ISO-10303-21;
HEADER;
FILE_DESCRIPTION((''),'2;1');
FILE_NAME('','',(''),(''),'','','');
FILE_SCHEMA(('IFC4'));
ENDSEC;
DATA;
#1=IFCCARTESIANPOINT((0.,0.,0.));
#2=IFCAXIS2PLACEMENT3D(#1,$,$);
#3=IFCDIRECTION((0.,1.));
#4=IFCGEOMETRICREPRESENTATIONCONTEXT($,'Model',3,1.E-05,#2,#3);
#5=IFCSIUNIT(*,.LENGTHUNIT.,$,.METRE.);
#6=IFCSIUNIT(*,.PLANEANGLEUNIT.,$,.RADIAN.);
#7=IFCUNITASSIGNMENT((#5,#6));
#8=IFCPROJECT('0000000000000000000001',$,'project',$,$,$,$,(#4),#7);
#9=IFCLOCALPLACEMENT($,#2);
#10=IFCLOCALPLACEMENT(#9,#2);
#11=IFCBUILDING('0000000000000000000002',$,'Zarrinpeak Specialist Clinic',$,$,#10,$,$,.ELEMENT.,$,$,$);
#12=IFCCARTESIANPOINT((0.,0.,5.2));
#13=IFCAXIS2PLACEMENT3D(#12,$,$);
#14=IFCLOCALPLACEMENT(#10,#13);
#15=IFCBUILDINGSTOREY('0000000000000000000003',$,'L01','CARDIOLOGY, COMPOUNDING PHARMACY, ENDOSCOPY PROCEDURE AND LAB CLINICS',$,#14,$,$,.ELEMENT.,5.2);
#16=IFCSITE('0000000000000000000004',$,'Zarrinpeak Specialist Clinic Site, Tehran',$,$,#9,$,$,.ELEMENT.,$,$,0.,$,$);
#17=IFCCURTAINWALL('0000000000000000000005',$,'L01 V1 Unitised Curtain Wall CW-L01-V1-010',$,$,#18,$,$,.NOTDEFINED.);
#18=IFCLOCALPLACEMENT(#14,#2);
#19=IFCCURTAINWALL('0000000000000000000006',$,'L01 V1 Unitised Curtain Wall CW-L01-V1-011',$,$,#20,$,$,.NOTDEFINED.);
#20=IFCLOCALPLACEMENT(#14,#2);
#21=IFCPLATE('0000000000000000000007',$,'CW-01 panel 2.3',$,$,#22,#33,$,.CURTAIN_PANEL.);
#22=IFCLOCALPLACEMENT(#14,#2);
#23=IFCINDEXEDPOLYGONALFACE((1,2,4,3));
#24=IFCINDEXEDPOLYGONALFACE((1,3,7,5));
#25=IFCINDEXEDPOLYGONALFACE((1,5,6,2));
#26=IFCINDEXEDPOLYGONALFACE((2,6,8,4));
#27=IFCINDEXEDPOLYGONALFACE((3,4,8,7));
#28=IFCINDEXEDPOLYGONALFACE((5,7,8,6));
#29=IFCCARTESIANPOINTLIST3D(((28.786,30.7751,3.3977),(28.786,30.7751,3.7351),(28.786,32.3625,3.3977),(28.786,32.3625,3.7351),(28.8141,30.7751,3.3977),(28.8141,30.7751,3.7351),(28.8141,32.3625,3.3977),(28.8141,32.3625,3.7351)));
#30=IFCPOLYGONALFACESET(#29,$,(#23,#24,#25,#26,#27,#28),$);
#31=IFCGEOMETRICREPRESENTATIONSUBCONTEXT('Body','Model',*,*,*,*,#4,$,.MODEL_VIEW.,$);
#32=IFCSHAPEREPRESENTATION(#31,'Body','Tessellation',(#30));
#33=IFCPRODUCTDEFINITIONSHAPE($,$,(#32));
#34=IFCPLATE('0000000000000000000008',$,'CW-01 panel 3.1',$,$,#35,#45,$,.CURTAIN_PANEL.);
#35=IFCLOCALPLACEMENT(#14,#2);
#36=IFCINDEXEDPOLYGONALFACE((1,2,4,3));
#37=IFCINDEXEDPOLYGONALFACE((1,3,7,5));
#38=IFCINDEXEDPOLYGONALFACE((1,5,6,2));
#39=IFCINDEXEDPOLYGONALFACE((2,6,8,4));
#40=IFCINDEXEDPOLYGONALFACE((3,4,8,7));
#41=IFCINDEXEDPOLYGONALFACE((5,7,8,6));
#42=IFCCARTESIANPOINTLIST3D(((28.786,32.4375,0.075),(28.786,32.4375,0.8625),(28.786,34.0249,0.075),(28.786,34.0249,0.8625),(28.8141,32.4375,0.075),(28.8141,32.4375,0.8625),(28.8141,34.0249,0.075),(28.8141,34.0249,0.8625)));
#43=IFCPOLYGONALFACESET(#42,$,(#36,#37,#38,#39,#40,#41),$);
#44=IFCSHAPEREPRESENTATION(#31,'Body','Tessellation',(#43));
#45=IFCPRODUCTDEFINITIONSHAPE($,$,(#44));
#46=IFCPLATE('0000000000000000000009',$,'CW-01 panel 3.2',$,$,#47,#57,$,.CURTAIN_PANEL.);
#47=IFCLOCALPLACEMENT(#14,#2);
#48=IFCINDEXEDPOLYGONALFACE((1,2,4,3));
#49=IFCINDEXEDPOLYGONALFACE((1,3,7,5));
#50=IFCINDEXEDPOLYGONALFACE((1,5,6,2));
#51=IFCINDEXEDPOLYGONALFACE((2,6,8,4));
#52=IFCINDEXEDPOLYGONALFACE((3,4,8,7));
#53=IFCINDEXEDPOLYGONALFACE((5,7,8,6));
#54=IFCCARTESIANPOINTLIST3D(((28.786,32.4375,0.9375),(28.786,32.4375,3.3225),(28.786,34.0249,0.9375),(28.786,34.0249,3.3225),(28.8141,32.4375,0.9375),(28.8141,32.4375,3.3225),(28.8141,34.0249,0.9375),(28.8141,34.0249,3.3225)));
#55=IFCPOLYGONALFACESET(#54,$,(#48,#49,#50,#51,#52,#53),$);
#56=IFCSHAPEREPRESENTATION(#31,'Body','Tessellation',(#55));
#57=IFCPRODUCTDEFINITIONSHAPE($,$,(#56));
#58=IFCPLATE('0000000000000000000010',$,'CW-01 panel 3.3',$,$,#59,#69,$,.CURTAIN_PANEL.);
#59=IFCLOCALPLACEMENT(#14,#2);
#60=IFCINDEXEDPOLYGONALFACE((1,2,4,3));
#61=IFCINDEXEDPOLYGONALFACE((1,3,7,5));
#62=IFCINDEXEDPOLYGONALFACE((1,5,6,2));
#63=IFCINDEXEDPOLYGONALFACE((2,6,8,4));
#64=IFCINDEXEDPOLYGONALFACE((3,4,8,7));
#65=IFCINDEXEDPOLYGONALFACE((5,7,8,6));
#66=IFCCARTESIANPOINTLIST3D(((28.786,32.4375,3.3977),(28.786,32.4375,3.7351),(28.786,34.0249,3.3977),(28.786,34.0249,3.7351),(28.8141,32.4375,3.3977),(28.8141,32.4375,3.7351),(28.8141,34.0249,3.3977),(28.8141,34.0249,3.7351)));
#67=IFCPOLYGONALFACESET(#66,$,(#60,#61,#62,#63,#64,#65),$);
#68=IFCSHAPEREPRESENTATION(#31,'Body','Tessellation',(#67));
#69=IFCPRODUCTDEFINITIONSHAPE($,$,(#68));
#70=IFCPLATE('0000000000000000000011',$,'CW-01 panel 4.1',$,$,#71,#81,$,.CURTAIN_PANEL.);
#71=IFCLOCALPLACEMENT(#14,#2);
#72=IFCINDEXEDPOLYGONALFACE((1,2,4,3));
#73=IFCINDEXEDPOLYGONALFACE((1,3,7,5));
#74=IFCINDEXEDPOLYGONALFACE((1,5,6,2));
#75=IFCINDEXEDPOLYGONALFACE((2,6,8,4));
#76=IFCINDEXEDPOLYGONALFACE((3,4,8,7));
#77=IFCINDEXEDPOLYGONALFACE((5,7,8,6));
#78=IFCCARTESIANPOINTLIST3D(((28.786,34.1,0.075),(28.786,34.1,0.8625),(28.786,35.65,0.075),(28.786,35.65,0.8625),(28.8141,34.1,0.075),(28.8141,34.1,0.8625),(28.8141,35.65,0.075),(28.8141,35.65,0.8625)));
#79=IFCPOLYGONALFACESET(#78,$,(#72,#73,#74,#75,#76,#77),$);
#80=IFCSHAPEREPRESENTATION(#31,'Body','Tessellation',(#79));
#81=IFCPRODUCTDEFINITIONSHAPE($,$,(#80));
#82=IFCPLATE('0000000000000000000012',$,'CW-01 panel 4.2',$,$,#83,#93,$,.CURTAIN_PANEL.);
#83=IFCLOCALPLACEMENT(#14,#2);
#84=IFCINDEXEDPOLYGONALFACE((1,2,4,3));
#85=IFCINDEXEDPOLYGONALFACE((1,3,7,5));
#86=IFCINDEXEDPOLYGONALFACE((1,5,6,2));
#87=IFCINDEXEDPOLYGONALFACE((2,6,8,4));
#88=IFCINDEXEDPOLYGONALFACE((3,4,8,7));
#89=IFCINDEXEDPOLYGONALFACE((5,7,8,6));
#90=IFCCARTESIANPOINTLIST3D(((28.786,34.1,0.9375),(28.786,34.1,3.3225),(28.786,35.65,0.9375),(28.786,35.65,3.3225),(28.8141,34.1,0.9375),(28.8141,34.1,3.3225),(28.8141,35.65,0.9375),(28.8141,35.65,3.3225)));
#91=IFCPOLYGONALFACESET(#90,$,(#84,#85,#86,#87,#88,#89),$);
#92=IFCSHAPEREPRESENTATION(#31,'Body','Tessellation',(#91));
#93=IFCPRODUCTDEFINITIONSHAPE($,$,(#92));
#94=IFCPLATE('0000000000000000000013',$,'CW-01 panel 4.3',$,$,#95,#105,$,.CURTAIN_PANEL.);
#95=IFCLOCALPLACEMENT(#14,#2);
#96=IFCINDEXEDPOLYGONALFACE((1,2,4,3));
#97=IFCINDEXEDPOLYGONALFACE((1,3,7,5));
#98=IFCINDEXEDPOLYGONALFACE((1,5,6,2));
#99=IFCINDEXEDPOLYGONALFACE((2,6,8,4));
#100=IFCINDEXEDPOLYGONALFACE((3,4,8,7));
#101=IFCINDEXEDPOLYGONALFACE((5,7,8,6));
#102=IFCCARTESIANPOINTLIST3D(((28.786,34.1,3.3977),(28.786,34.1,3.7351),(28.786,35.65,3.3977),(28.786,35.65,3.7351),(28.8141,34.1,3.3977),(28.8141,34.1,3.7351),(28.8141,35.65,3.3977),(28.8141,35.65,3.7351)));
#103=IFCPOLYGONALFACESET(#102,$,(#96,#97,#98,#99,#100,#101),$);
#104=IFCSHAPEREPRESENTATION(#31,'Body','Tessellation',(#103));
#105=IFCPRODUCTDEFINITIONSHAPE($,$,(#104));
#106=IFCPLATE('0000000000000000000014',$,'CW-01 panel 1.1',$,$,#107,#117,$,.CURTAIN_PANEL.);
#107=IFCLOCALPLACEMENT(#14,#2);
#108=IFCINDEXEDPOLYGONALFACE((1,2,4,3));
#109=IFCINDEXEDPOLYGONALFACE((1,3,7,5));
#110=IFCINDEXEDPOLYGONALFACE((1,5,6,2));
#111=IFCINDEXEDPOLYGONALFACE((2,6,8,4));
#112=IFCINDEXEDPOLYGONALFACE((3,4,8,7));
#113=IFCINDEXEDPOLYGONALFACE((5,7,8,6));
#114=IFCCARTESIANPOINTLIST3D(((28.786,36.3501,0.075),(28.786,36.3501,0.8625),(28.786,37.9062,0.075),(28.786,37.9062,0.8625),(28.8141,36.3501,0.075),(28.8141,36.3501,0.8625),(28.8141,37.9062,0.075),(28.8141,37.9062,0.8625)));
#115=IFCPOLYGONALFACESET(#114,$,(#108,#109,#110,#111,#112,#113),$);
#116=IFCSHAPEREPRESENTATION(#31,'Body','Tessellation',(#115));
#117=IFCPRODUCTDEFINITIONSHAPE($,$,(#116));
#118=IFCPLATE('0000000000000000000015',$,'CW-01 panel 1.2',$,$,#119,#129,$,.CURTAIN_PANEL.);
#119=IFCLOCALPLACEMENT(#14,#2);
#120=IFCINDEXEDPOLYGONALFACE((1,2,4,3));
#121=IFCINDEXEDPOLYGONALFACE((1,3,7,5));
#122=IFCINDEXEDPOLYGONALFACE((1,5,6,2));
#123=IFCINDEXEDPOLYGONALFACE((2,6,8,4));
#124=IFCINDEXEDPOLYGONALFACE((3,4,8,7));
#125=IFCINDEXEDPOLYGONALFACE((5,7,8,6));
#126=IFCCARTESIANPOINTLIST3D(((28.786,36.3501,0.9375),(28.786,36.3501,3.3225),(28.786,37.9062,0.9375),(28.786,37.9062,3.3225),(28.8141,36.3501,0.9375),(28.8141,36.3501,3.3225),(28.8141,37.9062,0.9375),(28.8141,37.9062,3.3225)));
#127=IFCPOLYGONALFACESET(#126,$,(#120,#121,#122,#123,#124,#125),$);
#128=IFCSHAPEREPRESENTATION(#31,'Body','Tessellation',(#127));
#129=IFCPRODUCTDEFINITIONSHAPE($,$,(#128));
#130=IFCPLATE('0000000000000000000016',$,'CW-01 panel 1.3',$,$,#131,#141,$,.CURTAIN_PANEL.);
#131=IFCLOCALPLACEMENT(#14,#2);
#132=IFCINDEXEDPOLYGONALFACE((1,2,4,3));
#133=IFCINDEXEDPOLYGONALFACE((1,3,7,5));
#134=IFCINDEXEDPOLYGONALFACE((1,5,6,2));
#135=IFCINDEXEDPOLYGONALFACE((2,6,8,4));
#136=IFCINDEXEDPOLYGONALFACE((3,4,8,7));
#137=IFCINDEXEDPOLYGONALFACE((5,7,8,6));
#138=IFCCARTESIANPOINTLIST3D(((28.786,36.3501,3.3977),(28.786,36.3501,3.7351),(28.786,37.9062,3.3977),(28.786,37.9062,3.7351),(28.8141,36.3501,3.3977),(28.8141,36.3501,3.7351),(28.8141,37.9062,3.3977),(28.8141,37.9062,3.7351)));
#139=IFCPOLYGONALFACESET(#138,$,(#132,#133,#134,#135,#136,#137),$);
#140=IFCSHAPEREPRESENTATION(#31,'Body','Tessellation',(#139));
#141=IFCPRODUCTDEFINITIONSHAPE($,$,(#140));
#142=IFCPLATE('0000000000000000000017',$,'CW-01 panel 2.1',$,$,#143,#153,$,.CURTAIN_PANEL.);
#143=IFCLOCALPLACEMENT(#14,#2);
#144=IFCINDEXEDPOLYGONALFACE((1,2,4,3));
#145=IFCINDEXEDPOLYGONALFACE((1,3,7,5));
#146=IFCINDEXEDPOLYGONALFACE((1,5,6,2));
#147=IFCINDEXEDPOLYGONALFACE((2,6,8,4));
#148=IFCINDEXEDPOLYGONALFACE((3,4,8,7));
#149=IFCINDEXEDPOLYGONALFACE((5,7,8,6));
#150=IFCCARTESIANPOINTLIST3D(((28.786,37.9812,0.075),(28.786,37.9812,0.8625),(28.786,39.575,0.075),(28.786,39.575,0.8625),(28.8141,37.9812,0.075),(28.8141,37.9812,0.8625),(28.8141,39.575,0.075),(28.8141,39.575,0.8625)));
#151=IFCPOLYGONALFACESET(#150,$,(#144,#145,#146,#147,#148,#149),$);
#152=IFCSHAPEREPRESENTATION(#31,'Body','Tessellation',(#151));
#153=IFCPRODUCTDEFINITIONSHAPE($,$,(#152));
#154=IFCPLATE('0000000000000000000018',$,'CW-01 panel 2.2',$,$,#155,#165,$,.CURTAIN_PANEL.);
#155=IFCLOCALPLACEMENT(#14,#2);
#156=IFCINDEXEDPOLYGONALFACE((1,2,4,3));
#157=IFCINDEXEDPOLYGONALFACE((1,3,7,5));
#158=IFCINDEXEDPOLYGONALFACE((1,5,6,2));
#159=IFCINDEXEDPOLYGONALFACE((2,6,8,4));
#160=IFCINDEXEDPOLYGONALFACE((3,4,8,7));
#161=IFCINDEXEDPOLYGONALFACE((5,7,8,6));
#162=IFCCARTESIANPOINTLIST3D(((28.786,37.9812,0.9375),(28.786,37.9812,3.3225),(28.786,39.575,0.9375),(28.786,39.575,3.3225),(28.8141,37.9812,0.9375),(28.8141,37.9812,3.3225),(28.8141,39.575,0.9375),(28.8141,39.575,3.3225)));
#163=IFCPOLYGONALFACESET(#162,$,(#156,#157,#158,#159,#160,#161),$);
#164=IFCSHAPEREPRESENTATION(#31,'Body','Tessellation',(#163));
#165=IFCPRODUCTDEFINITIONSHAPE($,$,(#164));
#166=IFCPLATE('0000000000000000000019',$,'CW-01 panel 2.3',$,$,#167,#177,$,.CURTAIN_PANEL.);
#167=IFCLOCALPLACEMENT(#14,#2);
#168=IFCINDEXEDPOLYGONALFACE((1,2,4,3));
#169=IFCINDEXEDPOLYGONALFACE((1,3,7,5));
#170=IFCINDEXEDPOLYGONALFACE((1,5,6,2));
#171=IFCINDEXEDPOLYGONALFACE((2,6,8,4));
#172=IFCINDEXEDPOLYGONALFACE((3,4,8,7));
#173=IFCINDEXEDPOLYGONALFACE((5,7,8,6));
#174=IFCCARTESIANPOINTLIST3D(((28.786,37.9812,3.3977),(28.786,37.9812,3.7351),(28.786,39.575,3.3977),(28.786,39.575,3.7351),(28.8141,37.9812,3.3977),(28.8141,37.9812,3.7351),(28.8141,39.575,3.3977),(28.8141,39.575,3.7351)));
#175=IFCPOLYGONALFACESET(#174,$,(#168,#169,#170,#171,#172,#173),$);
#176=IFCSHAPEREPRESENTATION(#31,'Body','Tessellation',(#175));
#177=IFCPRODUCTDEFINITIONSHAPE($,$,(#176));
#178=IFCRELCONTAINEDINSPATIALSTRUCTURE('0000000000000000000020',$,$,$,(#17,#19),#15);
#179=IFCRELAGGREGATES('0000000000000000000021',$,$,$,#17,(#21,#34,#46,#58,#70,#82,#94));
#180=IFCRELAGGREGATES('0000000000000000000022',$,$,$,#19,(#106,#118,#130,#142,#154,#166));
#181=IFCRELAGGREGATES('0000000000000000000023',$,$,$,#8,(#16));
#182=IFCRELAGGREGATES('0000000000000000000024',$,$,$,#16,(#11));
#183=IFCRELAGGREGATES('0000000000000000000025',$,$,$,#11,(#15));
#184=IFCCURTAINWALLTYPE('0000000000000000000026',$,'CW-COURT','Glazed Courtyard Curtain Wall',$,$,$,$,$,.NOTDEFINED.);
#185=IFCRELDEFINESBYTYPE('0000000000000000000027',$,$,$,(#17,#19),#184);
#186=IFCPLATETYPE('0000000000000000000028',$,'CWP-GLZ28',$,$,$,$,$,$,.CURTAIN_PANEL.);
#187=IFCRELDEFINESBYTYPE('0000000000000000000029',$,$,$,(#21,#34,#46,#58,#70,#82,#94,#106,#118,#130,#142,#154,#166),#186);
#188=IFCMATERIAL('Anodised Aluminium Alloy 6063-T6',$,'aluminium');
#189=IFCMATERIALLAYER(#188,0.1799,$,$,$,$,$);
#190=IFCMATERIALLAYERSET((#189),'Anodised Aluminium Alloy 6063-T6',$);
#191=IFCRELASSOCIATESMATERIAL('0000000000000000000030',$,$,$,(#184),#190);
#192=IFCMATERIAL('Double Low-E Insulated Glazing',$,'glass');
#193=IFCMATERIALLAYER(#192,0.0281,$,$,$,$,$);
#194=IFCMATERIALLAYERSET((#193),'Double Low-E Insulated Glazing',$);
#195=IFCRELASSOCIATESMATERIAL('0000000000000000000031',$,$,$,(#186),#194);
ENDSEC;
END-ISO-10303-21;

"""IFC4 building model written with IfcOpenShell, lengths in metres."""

from ifc_helpers import new_model, si_unit, direction, frame, origin, origin_2d, place, context, subcontext, project, spatial, rectangle, extrude, material, layer, layer_set, type_object, element, aggregate, save


model = new_model("IFC4")

# Units and contexts
model_context = context("Model", 3, precision=1e-05, world=origin(), true_north=direction((0.0, 1.0)))
body_context = subcontext(model_context, "Body", "Model", "MODEL_VIEW")
ifc_project = project(units=[si_unit("LENGTHUNIT", "METRE"), si_unit("PLANEANGLEUNIT", "RADIAN")], contexts=[model_context])

# Site, building, storey
site_placement = place(None, origin())
site = spatial("IfcSite", under=ifc_project, at=site_placement, Name="Zarrinpeak Specialist Clinic Site, Tehran", CompositionType="ELEMENT", RefElevation=0.0)
building_placement = place(site_placement, origin())
building = spatial("IfcBuilding", under=site, at=building_placement, Name="Zarrinpeak Specialist Clinic", CompositionType="ELEMENT")
storey_placement = place(building_placement, frame((0.0, 0.0, 5.2)))
storey = spatial("IfcBuildingStorey", under=building, at=storey_placement, Name="L01", Description="CARDIOLOGY, COMPOUNDING PHARMACY, ENDOSCOPY PROCEDURE AND LAB CLINICS", CompositionType="ELEMENT", Elevation=5.2)

# Curtain walls
ifc_material_1 = material(Name="Anodised Aluminium Alloy 6063-T6", Category="aluminium")
ifc_layer_1 = layer(ifc_material_1, 0.1799)
ifc_layer_set_1 = layer_set([ifc_layer_1], Name="Anodised Aluminium Alloy 6063-T6")
curtain_wall_type = type_object("IfcCurtainWallType", Name="CW-COURT", Description="Glazed Courtyard Curtain Wall", PredefinedType="NOTDEFINED", material=ifc_layer_set_1)
curtain_wall_1_placement = place(storey_placement, origin())
curtain_wall_1 = element("IfcCurtainWall", 1, at=curtain_wall_1_placement, inside=storey, type_object=curtain_wall_type, Name="L01 V1 Unitised Curtain Wall CW-L01-V1-010", PredefinedType="NOTDEFINED")
curtain_wall_2_placement = place(storey_placement, origin())
curtain_wall_2 = element("IfcCurtainWall", 2, at=curtain_wall_2_placement, inside=storey, type_object=curtain_wall_type, Name="L01 V1 Unitised Curtain Wall CW-L01-V1-011", PredefinedType="NOTDEFINED")

# Plates
ifc_material_2 = material(Name="Double Low-E Insulated Glazing", Category="glass")
ifc_layer_2 = layer(ifc_material_2, 0.0281)
ifc_layer_set_2 = layer_set([ifc_layer_2], Name="Double Low-E Insulated Glazing")
plate_type = type_object("IfcPlateType", Name="CWP-GLZ28", PredefinedType="CURTAIN_PANEL", material=ifc_layer_set_2)
plate_1_placement = place(storey_placement, frame((28.8, 31.5688, 3.3977), z_axis=(0.0, 0.0, 1.0), x_axis=(0.0, 1.0, 0.0)))
plate_1 = element("IfcPlate", 3, at=plate_1_placement, type_object=plate_type, Name="CW-01 panel 2.3", PredefinedType="CURTAIN_PANEL", context=body_context, shape_type="SweptSolid", body=[
    extrude(rectangle(XDim=1.5874, YDim=0.0281, at=origin_2d()), origin(), (0.0, 0.0, 1.0), 0.3374),
])
plate_2_placement = place(storey_placement, frame((28.8, 33.2312, 0.075), z_axis=(0.0, 0.0, 1.0), x_axis=(0.0, 1.0, 0.0)))
plate_2 = element("IfcPlate", 4, at=plate_2_placement, type_object=plate_type, Name="CW-01 panel 3.1", PredefinedType="CURTAIN_PANEL", context=body_context, shape_type="SweptSolid", body=[
    extrude(rectangle(XDim=1.5874, YDim=0.0281, at=origin_2d()), origin(), (0.0, 0.0, 1.0), 0.7876),
])
plate_3_placement = place(storey_placement, frame((28.8, 33.2312, 0.9375), z_axis=(0.0, 0.0, 1.0), x_axis=(0.0, 1.0, 0.0)))
plate_3 = element("IfcPlate", 5, at=plate_3_placement, type_object=plate_type, Name="CW-01 panel 3.2", PredefinedType="CURTAIN_PANEL", context=body_context, shape_type="SweptSolid", body=[
    extrude(rectangle(XDim=1.5874, YDim=0.0281, at=origin_2d()), origin(), (0.0, 0.0, 1.0), 2.385),
])
plate_4_placement = place(storey_placement, frame((28.8, 33.2312, 3.3977), z_axis=(0.0, 0.0, 1.0), x_axis=(0.0, 1.0, 0.0)))
plate_4 = element("IfcPlate", 6, at=plate_4_placement, type_object=plate_type, Name="CW-01 panel 3.3", PredefinedType="CURTAIN_PANEL", context=body_context, shape_type="SweptSolid", body=[
    extrude(rectangle(XDim=1.5874, YDim=0.0281, at=origin_2d()), origin(), (0.0, 0.0, 1.0), 0.3374),
])
plate_5_placement = place(storey_placement, frame((28.8, 34.875, 0.075), z_axis=(0.0, 0.0, 1.0), x_axis=(0.0, 1.0, 0.0)))
plate_5 = element("IfcPlate", 7, at=plate_5_placement, type_object=plate_type, Name="CW-01 panel 4.1", PredefinedType="CURTAIN_PANEL", context=body_context, shape_type="SweptSolid", body=[
    extrude(rectangle(XDim=1.55, YDim=0.0281, at=origin_2d()), origin(), (0.0, 0.0, 1.0), 0.7876),
])
plate_6_placement = place(storey_placement, frame((28.8, 34.875, 0.9375), z_axis=(0.0, 0.0, 1.0), x_axis=(0.0, 1.0, 0.0)))
plate_6 = element("IfcPlate", 8, at=plate_6_placement, type_object=plate_type, Name="CW-01 panel 4.2", PredefinedType="CURTAIN_PANEL", context=body_context, shape_type="SweptSolid", body=[
    extrude(rectangle(XDim=1.55, YDim=0.0281, at=origin_2d()), origin(), (0.0, 0.0, 1.0), 2.385),
])
plate_7_placement = place(storey_placement, frame((28.8, 34.875, 3.3977), z_axis=(0.0, 0.0, 1.0), x_axis=(0.0, 1.0, 0.0)))
plate_7 = element("IfcPlate", 9, at=plate_7_placement, type_object=plate_type, Name="CW-01 panel 4.3", PredefinedType="CURTAIN_PANEL", context=body_context, shape_type="SweptSolid", body=[
    extrude(rectangle(XDim=1.55, YDim=0.0281, at=origin_2d()), origin(), (0.0, 0.0, 1.0), 0.3374),
])
aggregate(curtain_wall_1, [plate_1, plate_2, plate_3, plate_4, plate_5, plate_6, plate_7])
plate_8_placement = place(storey_placement, frame((28.8, 37.1282, 0.075), z_axis=(0.0, 0.0, 1.0), x_axis=(0.0, 1.0, 0.0)))
plate_8 = element("IfcPlate", 10, at=plate_8_placement, type_object=plate_type, Name="CW-01 panel 1.1", PredefinedType="CURTAIN_PANEL", context=body_context, shape_type="SweptSolid", body=[
    extrude(rectangle(XDim=1.5562, YDim=0.0281, at=origin_2d()), origin(), (0.0, 0.0, 1.0), 0.7876),
])
plate_9_placement = place(storey_placement, frame((28.8, 37.1282, 0.9375), z_axis=(0.0, 0.0, 1.0), x_axis=(0.0, 1.0, 0.0)))
plate_9 = element("IfcPlate", 11, at=plate_9_placement, type_object=plate_type, Name="CW-01 panel 1.2", PredefinedType="CURTAIN_PANEL", context=body_context, shape_type="SweptSolid", body=[
    extrude(rectangle(XDim=1.5562, YDim=0.0281, at=origin_2d()), origin(), (0.0, 0.0, 1.0), 2.385),
])
plate_10_placement = place(storey_placement, frame((28.8, 37.1282, 3.3977), z_axis=(0.0, 0.0, 1.0), x_axis=(0.0, 1.0, 0.0)))
plate_10 = element("IfcPlate", 12, at=plate_10_placement, type_object=plate_type, Name="CW-01 panel 1.3", PredefinedType="CURTAIN_PANEL", context=body_context, shape_type="SweptSolid", body=[
    extrude(rectangle(XDim=1.5562, YDim=0.0281, at=origin_2d()), origin(), (0.0, 0.0, 1.0), 0.3374),
])
plate_11_placement = place(storey_placement, frame((28.8, 38.7781, 0.075), z_axis=(0.0, 0.0, 1.0), x_axis=(0.0, 1.0, 0.0)))
plate_11 = element("IfcPlate", 13, at=plate_11_placement, type_object=plate_type, Name="CW-01 panel 2.1", PredefinedType="CURTAIN_PANEL", context=body_context, shape_type="SweptSolid", body=[
    extrude(rectangle(XDim=1.5938, YDim=0.0281, at=origin_2d()), origin(), (0.0, 0.0, 1.0), 0.7876),
])
plate_12_placement = place(storey_placement, frame((28.8, 38.7781, 0.9375), z_axis=(0.0, 0.0, 1.0), x_axis=(0.0, 1.0, 0.0)))
plate_12 = element("IfcPlate", 14, at=plate_12_placement, type_object=plate_type, Name="CW-01 panel 2.2", PredefinedType="CURTAIN_PANEL", context=body_context, shape_type="SweptSolid", body=[
    extrude(rectangle(XDim=1.5938, YDim=0.0281, at=origin_2d()), origin(), (0.0, 0.0, 1.0), 2.385),
])
plate_13_placement = place(storey_placement, frame((28.8, 38.7781, 3.3977), z_axis=(0.0, 0.0, 1.0), x_axis=(0.0, 1.0, 0.0)))
plate_13 = element("IfcPlate", 15, at=plate_13_placement, type_object=plate_type, Name="CW-01 panel 2.3", PredefinedType="CURTAIN_PANEL", context=body_context, shape_type="SweptSolid", body=[
    extrude(rectangle(XDim=1.5938, YDim=0.0281, at=origin_2d()), origin(), (0.0, 0.0, 1.0), 0.3374),
])
aggregate(curtain_wall_2, [plate_8, plate_9, plate_10, plate_11, plate_12, plate_13])

save(model, "model.ifc")
